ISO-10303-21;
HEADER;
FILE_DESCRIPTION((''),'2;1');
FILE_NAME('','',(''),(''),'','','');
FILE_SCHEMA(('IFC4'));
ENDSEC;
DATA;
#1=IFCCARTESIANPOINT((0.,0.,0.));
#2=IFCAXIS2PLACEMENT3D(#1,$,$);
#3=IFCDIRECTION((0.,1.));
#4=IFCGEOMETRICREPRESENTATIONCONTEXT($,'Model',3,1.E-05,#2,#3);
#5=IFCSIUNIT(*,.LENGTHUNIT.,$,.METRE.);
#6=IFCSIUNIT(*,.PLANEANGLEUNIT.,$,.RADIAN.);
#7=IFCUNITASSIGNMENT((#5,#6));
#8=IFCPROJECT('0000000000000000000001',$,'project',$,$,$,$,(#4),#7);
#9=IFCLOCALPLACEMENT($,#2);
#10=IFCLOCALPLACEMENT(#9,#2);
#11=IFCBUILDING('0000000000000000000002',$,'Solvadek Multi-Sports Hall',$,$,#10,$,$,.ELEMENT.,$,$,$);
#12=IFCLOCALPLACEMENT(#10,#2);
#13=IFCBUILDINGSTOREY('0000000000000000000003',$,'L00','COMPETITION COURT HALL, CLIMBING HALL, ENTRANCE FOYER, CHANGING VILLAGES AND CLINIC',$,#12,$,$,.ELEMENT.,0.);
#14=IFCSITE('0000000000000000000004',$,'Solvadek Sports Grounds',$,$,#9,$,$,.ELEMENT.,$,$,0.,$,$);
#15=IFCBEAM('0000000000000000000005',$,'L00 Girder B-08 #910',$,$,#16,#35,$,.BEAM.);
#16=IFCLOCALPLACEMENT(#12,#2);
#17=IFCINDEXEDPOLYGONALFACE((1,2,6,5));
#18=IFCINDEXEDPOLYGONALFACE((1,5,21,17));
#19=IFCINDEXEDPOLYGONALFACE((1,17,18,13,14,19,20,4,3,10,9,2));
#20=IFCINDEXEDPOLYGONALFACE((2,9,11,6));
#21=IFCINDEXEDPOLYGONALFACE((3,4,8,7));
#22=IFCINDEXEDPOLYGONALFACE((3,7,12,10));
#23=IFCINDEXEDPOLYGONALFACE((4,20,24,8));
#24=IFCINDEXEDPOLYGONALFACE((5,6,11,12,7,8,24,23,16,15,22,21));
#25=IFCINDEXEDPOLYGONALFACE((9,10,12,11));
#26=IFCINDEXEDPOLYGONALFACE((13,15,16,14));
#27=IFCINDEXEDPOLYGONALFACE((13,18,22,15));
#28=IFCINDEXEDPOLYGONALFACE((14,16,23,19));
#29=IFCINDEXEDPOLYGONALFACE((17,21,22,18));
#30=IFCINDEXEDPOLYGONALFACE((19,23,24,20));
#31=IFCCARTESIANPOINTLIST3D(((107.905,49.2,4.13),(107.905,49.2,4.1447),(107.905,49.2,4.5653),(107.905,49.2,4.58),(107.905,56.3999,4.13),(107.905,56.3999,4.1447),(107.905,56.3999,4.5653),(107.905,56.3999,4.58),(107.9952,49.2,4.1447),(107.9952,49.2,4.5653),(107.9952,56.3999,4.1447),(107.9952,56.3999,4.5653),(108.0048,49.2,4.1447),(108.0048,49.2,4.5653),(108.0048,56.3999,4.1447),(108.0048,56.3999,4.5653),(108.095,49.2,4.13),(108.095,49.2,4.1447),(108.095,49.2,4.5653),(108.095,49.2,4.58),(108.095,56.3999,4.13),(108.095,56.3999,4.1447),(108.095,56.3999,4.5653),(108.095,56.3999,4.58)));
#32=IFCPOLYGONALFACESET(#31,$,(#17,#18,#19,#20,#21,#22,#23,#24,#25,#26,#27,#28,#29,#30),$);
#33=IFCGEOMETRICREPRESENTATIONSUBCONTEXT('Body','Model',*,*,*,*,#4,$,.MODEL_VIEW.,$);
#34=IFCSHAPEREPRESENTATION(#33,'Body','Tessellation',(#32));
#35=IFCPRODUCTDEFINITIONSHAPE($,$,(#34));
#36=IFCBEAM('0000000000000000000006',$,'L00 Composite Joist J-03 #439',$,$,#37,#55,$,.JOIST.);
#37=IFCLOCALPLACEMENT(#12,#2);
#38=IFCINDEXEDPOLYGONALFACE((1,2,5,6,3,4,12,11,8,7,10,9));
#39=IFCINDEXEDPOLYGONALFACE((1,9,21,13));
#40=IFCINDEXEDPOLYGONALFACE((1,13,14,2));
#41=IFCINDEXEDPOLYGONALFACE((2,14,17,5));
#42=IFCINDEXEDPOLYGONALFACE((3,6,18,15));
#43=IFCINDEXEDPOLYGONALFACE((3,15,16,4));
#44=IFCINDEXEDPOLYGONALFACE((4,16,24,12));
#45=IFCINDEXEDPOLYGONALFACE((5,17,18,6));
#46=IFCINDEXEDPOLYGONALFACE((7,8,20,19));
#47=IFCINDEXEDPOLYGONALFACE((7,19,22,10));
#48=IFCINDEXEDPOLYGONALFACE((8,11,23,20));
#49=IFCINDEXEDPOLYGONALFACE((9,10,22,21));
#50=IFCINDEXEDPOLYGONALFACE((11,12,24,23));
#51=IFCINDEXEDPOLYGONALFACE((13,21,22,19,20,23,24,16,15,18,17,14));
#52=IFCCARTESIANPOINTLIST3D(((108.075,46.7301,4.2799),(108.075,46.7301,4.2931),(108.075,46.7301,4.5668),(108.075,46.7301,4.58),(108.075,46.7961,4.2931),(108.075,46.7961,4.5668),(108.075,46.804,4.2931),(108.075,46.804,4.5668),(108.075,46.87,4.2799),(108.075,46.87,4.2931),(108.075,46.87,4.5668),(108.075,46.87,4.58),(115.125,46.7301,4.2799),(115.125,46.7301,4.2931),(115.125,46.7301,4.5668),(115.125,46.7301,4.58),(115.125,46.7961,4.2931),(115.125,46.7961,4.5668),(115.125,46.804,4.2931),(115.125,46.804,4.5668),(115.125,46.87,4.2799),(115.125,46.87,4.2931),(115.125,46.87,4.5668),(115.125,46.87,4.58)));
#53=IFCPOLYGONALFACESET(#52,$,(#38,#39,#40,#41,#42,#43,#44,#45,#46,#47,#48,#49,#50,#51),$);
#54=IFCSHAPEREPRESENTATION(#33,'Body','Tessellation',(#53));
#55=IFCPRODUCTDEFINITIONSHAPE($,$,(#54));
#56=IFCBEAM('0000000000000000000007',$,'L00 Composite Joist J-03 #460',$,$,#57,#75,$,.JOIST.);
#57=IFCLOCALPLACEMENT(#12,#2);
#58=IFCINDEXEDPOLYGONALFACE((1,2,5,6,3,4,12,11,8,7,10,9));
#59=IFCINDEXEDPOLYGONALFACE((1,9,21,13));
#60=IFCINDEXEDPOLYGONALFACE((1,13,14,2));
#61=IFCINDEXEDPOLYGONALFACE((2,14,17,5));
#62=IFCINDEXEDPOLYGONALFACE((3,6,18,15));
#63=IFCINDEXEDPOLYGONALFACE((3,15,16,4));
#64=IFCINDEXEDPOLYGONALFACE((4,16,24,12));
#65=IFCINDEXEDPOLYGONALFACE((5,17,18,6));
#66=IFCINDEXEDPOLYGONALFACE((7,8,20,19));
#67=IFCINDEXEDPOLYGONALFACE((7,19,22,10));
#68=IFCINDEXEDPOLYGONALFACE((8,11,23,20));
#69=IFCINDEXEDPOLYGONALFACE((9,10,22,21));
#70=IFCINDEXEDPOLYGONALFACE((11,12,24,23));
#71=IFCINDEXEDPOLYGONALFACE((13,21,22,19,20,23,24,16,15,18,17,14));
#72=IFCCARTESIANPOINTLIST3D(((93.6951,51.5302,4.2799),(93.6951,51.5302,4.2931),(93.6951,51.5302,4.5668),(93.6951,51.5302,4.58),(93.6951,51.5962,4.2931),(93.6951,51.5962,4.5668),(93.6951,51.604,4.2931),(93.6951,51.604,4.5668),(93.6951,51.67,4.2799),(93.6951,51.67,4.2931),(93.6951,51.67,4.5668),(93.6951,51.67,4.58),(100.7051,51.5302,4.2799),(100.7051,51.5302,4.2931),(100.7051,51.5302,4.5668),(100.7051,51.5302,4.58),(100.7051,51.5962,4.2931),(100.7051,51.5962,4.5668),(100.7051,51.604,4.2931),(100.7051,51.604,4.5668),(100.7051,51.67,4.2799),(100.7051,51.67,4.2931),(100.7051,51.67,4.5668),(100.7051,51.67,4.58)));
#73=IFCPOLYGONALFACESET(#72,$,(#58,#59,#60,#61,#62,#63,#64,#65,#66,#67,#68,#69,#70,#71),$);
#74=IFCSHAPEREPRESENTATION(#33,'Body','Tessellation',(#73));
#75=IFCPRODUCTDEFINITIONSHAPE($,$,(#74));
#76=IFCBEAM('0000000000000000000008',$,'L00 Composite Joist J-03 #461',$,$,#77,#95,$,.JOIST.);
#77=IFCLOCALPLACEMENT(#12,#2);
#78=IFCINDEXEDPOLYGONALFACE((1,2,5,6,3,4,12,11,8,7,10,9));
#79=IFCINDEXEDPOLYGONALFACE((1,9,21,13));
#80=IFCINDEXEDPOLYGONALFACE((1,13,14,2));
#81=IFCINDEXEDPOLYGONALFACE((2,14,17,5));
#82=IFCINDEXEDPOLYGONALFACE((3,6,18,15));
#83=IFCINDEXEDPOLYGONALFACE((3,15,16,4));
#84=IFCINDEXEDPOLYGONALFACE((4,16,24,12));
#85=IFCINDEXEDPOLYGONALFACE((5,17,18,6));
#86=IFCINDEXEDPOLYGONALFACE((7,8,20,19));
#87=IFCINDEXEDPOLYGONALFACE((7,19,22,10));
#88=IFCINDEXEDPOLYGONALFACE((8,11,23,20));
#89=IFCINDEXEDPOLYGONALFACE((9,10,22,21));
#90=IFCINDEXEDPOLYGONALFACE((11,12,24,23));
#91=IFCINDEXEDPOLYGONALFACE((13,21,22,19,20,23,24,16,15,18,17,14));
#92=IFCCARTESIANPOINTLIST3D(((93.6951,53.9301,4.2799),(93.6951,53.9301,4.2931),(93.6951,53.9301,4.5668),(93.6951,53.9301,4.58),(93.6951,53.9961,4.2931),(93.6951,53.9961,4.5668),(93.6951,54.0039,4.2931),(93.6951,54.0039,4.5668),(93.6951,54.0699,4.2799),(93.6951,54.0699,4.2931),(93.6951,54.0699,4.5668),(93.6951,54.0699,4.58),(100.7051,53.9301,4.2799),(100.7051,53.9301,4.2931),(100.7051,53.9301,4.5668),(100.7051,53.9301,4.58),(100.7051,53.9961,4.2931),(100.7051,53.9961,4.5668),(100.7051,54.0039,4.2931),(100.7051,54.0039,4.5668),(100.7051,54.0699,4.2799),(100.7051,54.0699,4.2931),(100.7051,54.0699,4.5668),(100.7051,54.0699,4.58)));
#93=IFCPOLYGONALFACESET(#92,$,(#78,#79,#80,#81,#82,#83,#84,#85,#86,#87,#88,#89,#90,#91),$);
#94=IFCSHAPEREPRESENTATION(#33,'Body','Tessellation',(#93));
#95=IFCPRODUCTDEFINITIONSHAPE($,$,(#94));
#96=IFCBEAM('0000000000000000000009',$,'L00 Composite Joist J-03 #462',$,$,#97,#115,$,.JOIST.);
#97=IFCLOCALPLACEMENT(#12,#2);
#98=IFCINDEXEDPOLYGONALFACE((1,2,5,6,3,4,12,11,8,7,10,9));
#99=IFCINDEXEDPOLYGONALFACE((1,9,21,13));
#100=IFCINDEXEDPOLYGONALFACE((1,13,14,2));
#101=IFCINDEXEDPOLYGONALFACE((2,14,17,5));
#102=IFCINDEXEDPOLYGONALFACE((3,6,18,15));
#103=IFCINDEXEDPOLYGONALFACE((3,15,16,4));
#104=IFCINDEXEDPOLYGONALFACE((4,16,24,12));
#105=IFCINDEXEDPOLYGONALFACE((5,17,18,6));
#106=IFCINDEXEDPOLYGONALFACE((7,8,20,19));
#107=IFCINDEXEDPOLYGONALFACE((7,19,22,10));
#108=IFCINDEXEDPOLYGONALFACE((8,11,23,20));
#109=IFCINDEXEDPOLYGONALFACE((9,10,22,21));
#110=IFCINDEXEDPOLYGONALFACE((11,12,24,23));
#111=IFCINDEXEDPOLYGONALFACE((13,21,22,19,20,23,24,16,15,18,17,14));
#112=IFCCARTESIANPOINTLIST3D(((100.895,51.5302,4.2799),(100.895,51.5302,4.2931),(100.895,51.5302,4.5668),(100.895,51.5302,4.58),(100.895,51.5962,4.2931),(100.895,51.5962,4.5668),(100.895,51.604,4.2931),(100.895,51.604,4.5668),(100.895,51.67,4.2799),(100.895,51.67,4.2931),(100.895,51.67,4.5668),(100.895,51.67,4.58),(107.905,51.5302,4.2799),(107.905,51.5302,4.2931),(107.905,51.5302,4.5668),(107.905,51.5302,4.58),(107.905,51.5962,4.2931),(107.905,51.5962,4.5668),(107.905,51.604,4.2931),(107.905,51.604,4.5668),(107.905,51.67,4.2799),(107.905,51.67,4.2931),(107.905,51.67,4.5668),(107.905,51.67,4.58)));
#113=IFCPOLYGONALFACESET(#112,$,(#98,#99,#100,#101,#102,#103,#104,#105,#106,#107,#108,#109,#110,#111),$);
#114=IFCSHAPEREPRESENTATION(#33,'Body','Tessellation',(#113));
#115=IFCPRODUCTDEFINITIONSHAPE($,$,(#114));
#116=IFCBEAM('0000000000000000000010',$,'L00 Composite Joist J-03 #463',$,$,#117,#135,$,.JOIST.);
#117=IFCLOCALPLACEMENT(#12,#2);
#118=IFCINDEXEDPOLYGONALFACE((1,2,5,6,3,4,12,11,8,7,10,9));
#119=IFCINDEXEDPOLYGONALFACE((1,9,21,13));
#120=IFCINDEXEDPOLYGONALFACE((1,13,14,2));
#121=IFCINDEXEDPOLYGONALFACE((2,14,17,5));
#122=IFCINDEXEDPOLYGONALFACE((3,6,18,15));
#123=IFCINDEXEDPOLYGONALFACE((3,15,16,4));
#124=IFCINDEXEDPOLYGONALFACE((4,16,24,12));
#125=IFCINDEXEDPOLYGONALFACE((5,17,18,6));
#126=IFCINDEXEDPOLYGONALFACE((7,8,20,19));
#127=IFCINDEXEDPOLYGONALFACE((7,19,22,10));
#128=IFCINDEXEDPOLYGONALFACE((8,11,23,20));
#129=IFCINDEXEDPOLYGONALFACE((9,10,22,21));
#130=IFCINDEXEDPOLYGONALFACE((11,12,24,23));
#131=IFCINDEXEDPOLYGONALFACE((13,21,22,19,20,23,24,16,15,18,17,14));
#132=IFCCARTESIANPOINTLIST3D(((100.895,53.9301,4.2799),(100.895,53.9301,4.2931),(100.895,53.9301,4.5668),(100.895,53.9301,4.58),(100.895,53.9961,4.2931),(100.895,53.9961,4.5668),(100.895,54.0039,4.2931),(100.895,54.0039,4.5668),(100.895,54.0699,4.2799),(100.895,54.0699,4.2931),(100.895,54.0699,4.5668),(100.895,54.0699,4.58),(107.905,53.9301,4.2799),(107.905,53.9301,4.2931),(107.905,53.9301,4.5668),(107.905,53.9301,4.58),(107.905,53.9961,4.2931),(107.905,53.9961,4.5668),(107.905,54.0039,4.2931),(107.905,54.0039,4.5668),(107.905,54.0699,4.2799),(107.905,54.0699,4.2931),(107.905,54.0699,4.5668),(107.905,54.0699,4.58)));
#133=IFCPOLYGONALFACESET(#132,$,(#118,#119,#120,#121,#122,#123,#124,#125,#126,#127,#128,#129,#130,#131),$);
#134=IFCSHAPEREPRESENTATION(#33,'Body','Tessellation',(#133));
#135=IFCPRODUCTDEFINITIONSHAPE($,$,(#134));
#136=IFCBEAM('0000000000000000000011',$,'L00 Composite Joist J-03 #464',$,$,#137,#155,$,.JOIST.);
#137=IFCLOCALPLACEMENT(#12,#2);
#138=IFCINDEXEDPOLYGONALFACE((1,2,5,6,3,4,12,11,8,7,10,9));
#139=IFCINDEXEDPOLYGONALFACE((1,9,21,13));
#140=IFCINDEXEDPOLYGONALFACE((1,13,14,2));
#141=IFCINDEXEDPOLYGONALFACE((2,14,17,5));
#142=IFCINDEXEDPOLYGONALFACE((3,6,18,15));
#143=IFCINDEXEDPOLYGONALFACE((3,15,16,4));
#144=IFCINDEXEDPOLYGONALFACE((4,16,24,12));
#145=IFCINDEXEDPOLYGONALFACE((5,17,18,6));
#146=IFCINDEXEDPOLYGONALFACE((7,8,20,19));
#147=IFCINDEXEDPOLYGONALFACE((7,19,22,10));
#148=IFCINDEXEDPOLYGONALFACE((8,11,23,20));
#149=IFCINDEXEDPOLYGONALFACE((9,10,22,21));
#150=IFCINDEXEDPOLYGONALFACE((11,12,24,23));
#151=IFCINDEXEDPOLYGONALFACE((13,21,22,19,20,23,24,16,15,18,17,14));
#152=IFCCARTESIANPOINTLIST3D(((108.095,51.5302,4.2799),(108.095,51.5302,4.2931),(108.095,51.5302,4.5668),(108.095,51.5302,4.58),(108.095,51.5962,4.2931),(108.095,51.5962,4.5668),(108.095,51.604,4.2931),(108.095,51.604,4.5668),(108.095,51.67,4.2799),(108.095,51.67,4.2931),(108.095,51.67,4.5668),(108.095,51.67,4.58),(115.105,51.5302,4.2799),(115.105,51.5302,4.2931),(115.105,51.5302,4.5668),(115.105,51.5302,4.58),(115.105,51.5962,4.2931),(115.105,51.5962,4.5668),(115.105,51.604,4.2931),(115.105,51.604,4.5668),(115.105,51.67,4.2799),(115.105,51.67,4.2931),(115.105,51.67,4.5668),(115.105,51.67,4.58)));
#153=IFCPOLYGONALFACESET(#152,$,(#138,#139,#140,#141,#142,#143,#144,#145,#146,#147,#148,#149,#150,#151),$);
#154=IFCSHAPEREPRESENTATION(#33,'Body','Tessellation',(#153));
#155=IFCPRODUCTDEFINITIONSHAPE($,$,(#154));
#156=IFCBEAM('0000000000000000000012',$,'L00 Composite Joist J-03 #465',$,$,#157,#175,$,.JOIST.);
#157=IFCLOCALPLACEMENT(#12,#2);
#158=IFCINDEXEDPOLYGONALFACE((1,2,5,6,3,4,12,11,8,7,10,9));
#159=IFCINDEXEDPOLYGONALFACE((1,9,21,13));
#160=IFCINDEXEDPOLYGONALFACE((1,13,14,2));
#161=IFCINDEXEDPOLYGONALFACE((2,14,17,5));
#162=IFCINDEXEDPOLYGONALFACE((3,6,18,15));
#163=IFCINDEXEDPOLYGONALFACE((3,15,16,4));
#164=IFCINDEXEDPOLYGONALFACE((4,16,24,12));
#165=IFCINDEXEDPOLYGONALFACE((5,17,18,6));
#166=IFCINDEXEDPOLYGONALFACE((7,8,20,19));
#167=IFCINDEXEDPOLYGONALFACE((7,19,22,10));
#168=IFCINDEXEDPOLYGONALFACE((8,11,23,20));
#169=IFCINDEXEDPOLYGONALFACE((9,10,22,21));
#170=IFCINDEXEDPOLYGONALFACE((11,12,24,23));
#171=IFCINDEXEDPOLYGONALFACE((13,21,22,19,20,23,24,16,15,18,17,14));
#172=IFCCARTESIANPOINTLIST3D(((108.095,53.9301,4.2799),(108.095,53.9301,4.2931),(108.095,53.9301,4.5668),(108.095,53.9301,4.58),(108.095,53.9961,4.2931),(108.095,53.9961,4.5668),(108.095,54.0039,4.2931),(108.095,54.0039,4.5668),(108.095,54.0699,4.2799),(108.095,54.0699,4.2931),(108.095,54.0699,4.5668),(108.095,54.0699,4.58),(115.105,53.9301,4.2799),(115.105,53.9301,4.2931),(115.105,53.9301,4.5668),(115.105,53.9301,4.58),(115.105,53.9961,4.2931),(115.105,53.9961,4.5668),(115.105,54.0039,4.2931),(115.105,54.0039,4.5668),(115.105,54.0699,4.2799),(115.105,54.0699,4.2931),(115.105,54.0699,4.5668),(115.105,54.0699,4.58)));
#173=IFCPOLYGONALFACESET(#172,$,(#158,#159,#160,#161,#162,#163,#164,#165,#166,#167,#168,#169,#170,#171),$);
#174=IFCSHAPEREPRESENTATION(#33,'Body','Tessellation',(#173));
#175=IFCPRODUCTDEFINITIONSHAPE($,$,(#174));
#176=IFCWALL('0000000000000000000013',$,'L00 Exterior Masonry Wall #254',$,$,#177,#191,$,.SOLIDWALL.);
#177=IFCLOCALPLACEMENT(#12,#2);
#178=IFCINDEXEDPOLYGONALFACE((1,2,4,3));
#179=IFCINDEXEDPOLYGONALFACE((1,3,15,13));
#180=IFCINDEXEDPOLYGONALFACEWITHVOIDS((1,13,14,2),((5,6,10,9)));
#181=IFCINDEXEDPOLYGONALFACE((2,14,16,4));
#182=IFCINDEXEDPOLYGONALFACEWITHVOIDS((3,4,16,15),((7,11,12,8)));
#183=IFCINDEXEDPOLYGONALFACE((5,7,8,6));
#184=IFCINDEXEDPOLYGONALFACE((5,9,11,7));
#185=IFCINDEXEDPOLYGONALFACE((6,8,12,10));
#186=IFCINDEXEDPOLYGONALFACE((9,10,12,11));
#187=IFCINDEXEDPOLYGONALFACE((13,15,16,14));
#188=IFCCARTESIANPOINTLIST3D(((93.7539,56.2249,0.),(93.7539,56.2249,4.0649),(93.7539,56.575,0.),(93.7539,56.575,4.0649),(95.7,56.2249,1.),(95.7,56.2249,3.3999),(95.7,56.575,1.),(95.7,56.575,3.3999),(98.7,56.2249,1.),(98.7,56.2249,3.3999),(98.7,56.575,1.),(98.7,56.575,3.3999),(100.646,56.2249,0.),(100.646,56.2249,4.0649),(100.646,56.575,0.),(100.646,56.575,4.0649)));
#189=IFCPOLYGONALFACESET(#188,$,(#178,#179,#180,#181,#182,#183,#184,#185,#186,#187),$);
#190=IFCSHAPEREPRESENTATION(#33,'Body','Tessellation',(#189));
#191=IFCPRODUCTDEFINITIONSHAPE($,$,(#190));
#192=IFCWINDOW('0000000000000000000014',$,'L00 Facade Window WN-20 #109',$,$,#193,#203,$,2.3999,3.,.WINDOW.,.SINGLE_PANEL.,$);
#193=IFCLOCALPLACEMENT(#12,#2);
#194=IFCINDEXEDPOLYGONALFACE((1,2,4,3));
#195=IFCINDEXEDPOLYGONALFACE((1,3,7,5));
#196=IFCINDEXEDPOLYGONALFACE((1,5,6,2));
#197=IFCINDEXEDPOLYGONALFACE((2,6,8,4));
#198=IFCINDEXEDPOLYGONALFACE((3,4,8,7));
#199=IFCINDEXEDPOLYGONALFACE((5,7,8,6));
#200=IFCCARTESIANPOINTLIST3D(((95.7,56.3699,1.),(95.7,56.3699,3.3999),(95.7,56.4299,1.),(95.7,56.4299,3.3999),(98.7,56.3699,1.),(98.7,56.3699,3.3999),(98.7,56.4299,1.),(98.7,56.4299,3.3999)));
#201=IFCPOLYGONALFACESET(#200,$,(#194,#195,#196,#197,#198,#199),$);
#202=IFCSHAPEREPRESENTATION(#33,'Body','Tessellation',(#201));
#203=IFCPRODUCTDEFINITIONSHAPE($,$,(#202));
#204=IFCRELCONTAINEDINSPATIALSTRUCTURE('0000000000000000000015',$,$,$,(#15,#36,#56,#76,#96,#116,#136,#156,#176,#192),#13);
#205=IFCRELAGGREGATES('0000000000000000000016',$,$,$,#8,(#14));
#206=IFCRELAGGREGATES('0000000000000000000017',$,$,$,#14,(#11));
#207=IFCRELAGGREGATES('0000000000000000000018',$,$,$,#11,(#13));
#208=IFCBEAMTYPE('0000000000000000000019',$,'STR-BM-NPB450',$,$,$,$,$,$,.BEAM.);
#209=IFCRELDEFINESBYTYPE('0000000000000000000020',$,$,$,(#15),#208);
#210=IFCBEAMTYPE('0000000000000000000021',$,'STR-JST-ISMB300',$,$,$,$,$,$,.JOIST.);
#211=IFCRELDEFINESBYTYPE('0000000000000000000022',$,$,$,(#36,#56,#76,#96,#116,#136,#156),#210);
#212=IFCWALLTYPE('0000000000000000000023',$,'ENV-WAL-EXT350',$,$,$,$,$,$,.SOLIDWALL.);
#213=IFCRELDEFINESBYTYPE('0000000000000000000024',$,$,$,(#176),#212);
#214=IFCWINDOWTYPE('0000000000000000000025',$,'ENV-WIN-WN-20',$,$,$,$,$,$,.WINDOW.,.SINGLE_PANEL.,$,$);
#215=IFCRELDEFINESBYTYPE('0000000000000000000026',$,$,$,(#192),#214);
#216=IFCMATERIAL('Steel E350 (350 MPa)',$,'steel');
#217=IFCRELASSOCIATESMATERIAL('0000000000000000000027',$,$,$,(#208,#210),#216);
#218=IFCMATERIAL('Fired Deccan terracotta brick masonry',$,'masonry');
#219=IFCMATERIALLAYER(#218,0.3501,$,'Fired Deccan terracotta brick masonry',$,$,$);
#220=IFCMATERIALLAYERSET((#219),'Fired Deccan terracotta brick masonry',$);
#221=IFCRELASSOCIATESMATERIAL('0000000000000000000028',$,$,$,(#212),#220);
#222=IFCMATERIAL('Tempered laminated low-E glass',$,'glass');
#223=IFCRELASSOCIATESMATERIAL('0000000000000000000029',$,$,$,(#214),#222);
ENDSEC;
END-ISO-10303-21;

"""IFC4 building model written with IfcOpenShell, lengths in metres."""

from ifc_helpers import new_model, si_unit, direction, frame, frame_2d, origin, origin_2d, place, context, subcontext, project, spatial, rectangle, i_section, extrude, material, layer, layer_set, material_profile, profile_set, type_object, element, fill, save


model = new_model("IFC4")

# Units and contexts
model_context = context("Model", 3, precision=1e-05, world=origin(), true_north=direction((0.0, 1.0)))
body_context = subcontext(model_context, "Body", "Model", "MODEL_VIEW")
ifc_project = project(units=[si_unit("LENGTHUNIT", "METRE"), si_unit("PLANEANGLEUNIT", "RADIAN")], contexts=[model_context])

# Site, building, storey
site_placement = place(None, origin())
site = spatial("IfcSite", under=ifc_project, at=site_placement, Name="Solvadek Sports Grounds", CompositionType="ELEMENT", RefElevation=0.0)
building_placement = place(site_placement, origin())
building = spatial("IfcBuilding", under=site, at=building_placement, Name="Solvadek Multi-Sports Hall", CompositionType="ELEMENT")
storey_placement = place(building_placement, origin())
storey = spatial("IfcBuildingStorey", under=building, at=storey_placement, Name="L00", Description="COMPETITION COURT HALL, CLIMBING HALL, ENTRANCE FOYER, CHANGING VILLAGES AND CLINIC", CompositionType="ELEMENT", Elevation=0.0)

# Shared definitions
ifc_material_1 = material(Name="Steel E350 (350 MPa)", Category="steel")

# Beams
ifc_material_profile_1 = material_profile(ifc_material_1, i_section(OverallWidth=0.1899, OverallDepth=0.45, WebThickness=0.0095, FlangeThickness=0.0146, at=origin_2d()), Name="NPB 450")
ifc_profile_set_1 = profile_set([ifc_material_profile_1], Name="Steel E350 (350 MPa)")
beam_type_1 = type_object("IfcBeamType", Name="STR-BM-NPB450", PredefinedType="BEAM", material=ifc_profile_set_1)
for number, where, z_axis, x_axis, name in (
    (1, (108.0, 49.2, 4.355), (0.0, 1.0, 0.0), (-1.0, 0.0, 0.0), "L00 Girder B-08 #910"),
):
    element("IfcBeam", number, at=place(storey_placement, frame(where, z_axis=z_axis, x_axis=x_axis)), inside=storey, type_object=beam_type_1, Name=name, PredefinedType="BEAM", context=body_context, shape_type="SweptSolid", body=[
        extrude(i_section(OverallWidth=0.1899, OverallDepth=0.45, WebThickness=0.0095, FlangeThickness=0.0146, at=origin_2d()), origin(), (0.0, 0.0, 1.0), 7.2),
    ])
ifc_material_profile_2 = material_profile(ifc_material_1, i_section(OverallWidth=0.1399, OverallDepth=0.3, WebThickness=0.0078, FlangeThickness=0.0132, at=origin_2d()), Name="ISMB 300")
ifc_profile_set_2 = profile_set([ifc_material_profile_2], Name="Steel E350 (350 MPa)")
beam_type_2 = type_object("IfcBeamType", Name="STR-JST-ISMB300", PredefinedType="JOIST", material=ifc_profile_set_2)
beam_placement = place(storey_placement, frame((108.075, 46.8, 4.4299), z_axis=(1.0, 0.0, 0.0), x_axis=(0.0, 1.0, 0.0)))
element("IfcBeam", 2, at=beam_placement, inside=storey, type_object=beam_type_2, Name="L00 Composite Joist J-03 #439", PredefinedType="JOIST", context=body_context, shape_type="SweptSolid", body=[
    extrude(i_section(OverallWidth=0.1399, OverallDepth=0.3, WebThickness=0.0078, FlangeThickness=0.0132, at=origin_2d()), origin(), (0.0, 0.0, 1.0), 7.05),
])
for number, where, z_axis, x_axis, name in (
    (3, (93.6951, 51.6001, 4.4299), (1.0, 0.0, 0.0), (0.0, 1.0, 0.0), "L00 Composite Joist J-03 #460"),
    (4, (93.6951, 54.0, 4.4299), (1.0, 0.0, 0.0), (0.0, 1.0, 0.0), "L00 Composite Joist J-03 #461"),
    (5, (100.895, 51.6001, 4.4299), (1.0, 0.0, 0.0), (0.0, 1.0, 0.0), "L00 Composite Joist J-03 #462"),
    (6, (100.895, 54.0, 4.4299), (1.0, 0.0, 0.0), (0.0, 1.0, 0.0), "L00 Composite Joist J-03 #463"),
    (7, (108.095, 51.6001, 4.4299), (1.0, 0.0, 0.0), (0.0, 1.0, 0.0), "L00 Composite Joist J-03 #464"),
    (8, (108.095, 54.0, 4.4299), (1.0, 0.0, 0.0), (0.0, 1.0, 0.0), "L00 Composite Joist J-03 #465"),
):
    element("IfcBeam", number, at=place(storey_placement, frame(where, z_axis=z_axis, x_axis=x_axis)), inside=storey, type_object=beam_type_2, Name=name, PredefinedType="JOIST", context=body_context, shape_type="SweptSolid", body=[
        extrude(i_section(OverallWidth=0.1399, OverallDepth=0.3, WebThickness=0.0078, FlangeThickness=0.0132, at=origin_2d()), origin(), (0.0, 0.0, 1.0), 7.01),
    ])

# Wall, opening, window
ifc_material_2 = material(Name="Fired Deccan terracotta brick masonry", Category="masonry")
ifc_layer = layer(ifc_material_2, 0.3501, Name="Fired Deccan terracotta brick masonry")
ifc_layer_set = layer_set([ifc_layer], Name="Fired Deccan terracotta brick masonry")
wall_type = type_object("IfcWallType", Name="ENV-WAL-EXT350", PredefinedType="SOLIDWALL", material=ifc_layer_set)
wall_1_placement = place(storey_placement, frame((93.7539, 56.3999, 0.0), z_axis=(0.0, 0.0, 1.0), x_axis=(1.0, 0.0, 0.0)))
wall_1 = element("IfcWall", 9, at=wall_1_placement, inside=storey, type_object=wall_type, Name="L00 Exterior Masonry Wall #254", PredefinedType="SOLIDWALL", context=body_context, shape_type="SweptSolid", body=[
    extrude(rectangle(XDim=6.8921, YDim=0.3501, at=frame_2d((3.446, 0.0))), origin(), (0.0, 0.0, 1.0), 4.0649),
])
opening_1_placement = place(wall_1_placement, frame((1.946, 0.0, 1.0)))
opening_1 = element("IfcOpeningElement", 10, at=opening_1_placement, cuts=wall_1, PredefinedType="OPENING", context=body_context, shape_type="SweptSolid", body=[
    extrude(rectangle(XDim=3.0, YDim=2.3999, at=frame_2d((1.5, 1.2))), frame((0.0, 0.1851, 0.0), z_axis=(0.0, -1.0, 0.0), x_axis=(1.0, 0.0, 0.0)), (0.0, 0.0, 1.0), 0.3701),
])
ifc_material_3 = material(Name="Tempered laminated low-E glass", Category="glass")
window_type_1 = type_object("IfcWindowType", Name="ENV-WIN-WN-20", PartitioningType="SINGLE_PANEL", PredefinedType="WINDOW", material=ifc_material_3)
window_1_placement = place(opening_1_placement, origin())
window_1 = element("IfcWindow", 11, at=window_1_placement, inside=storey, type_object=window_type_1, Name="L00 Facade Window WN-20 #109", OverallHeight=2.3999, OverallWidth=3.0, PartitioningType="SINGLE_PANEL", PredefinedType="WINDOW", context=body_context, shape_type="SweptSolid", body=[
    extrude(rectangle(XDim=3.0, YDim=2.3999, at=frame_2d((1.5, 1.2))), frame((0.0, 0.03, 0.0), z_axis=(0.0, -1.0, 0.0), x_axis=(1.0, 0.0, 0.0)), (0.0, 0.0, 1.0), 0.0601),
])
fill(opening_1, window_1)

save(model, "model.ifc")
